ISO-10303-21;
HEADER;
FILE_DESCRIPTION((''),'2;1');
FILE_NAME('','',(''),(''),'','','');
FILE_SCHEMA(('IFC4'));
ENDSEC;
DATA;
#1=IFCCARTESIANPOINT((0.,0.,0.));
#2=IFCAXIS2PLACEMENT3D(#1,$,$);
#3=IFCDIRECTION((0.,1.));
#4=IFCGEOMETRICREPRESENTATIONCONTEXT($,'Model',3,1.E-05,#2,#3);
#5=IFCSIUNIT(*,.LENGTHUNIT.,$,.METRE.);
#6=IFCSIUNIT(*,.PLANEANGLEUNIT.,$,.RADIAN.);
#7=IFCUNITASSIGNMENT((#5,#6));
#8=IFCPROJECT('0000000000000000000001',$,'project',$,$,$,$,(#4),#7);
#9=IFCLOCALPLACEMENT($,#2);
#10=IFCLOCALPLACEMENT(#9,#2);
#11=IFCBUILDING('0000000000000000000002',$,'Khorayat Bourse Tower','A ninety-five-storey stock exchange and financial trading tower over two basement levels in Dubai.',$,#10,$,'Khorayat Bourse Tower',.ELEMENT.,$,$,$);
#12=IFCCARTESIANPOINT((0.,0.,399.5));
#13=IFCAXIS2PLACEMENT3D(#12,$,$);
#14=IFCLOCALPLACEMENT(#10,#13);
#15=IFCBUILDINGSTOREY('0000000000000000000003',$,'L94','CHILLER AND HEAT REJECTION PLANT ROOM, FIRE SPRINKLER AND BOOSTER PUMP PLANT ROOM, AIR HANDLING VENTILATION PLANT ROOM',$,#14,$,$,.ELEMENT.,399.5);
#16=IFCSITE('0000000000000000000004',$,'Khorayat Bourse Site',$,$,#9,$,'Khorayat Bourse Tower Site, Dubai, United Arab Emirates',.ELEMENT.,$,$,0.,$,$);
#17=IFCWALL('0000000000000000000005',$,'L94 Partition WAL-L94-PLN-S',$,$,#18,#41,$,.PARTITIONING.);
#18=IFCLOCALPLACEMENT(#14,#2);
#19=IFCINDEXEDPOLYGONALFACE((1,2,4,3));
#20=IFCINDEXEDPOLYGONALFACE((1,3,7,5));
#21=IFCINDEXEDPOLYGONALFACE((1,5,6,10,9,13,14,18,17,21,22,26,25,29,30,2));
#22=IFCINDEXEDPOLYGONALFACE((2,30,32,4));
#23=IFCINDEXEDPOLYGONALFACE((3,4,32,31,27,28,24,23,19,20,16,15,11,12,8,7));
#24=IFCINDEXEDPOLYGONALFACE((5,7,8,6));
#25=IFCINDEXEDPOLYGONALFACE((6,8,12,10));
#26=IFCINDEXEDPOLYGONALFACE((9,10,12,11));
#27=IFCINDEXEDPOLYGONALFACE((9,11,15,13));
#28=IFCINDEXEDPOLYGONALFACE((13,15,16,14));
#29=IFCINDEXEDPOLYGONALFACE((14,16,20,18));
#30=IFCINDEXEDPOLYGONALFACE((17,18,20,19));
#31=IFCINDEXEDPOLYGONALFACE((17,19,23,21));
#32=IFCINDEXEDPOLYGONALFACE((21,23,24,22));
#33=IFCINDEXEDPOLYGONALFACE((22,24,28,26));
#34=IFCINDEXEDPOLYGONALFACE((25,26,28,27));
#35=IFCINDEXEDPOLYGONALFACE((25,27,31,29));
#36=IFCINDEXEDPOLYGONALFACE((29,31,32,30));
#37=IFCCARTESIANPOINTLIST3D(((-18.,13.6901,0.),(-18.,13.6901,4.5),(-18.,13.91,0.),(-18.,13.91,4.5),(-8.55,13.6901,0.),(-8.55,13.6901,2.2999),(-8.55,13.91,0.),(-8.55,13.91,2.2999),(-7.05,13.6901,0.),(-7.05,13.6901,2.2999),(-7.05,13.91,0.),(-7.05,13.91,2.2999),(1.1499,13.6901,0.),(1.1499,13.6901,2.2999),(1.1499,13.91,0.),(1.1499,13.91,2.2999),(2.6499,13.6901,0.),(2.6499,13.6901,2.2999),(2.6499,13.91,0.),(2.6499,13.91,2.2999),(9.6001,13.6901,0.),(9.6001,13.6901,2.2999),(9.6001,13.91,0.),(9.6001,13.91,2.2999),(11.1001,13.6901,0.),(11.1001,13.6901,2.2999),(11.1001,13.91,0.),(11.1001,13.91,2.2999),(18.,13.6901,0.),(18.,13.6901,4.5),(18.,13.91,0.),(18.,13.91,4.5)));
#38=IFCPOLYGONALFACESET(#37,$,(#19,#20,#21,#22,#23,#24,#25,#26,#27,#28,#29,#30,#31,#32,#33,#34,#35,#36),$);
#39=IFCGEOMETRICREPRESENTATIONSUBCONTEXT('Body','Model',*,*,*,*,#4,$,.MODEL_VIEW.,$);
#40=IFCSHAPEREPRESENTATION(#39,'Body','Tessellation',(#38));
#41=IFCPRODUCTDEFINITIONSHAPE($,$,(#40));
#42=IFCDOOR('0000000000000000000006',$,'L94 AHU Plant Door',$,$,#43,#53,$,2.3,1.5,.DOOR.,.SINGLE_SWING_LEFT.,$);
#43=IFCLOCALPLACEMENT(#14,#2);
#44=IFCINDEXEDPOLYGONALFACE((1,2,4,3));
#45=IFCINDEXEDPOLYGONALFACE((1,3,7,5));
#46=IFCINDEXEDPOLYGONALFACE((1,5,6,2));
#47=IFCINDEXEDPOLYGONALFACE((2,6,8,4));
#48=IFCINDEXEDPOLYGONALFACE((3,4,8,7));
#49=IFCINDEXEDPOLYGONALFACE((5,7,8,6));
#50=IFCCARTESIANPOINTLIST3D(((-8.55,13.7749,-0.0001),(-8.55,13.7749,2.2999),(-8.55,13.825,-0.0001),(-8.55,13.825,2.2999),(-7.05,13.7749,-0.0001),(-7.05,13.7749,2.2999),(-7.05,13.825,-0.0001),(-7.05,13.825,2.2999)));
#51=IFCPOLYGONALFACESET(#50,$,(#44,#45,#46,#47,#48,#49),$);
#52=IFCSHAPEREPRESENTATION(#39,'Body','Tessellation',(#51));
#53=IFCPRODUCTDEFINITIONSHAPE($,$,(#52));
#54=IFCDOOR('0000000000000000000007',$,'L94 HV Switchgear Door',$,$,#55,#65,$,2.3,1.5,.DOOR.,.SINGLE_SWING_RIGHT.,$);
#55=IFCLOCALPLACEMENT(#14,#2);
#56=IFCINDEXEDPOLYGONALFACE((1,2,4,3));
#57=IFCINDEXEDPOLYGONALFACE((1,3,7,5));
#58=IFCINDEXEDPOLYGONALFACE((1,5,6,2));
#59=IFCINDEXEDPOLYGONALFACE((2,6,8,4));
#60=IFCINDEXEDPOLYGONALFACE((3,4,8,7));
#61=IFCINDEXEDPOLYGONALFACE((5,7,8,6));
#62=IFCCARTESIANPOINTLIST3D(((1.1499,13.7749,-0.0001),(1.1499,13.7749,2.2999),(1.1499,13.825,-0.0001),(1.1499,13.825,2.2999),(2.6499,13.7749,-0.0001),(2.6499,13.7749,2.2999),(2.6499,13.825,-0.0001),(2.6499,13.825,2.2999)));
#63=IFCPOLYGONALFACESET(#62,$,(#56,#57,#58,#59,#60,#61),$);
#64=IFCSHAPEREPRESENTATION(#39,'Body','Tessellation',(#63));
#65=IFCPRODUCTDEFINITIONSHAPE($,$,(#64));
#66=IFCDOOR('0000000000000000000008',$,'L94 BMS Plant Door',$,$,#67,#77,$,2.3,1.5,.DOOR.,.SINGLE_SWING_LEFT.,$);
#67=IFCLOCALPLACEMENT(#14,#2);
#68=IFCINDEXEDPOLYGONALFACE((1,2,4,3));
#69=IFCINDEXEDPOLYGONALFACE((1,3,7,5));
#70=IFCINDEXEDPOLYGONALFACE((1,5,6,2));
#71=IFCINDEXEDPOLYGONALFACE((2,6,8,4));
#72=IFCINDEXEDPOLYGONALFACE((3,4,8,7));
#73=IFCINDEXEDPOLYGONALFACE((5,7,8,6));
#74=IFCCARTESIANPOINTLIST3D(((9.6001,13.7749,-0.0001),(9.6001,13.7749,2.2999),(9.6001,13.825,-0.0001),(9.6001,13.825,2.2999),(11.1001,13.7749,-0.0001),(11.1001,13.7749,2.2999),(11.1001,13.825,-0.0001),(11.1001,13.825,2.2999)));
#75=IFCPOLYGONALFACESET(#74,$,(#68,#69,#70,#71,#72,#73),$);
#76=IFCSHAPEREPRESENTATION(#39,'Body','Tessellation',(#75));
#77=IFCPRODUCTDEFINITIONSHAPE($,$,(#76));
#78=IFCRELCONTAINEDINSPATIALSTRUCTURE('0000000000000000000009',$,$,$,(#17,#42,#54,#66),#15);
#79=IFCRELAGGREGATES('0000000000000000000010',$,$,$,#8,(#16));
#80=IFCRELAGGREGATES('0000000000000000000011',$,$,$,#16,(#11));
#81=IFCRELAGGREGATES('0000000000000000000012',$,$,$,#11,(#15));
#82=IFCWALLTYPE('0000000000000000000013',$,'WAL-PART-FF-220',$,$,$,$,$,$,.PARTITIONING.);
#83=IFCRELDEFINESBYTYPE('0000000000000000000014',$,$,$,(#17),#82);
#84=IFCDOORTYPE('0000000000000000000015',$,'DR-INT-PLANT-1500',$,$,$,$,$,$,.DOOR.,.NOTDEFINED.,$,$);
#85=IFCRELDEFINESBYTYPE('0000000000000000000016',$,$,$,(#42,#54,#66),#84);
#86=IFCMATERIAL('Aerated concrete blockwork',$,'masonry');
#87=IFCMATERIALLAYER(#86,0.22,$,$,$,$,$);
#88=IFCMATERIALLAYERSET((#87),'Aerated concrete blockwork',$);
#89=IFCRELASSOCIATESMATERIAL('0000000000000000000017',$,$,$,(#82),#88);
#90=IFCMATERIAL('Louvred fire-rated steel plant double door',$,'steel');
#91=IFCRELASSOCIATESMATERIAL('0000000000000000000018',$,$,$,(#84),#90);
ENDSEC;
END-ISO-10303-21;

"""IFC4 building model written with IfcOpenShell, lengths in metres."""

from ifc_helpers import new_model, si_unit, direction, frame, frame_2d, origin, place, context, subcontext, project, spatial, rectangle, extrude, source, transform, mapped, material, layer, layer_set, type_object, element, fill, save


model = new_model("IFC4")

# Units and contexts
model_context = context("Model", 3, precision=1e-05, world=origin(), true_north=direction((0.0, 1.0)))
body_context = subcontext(model_context, "Body", "Model", "MODEL_VIEW")
ifc_project = project(units=[si_unit("LENGTHUNIT", "METRE"), si_unit("PLANEANGLEUNIT", "RADIAN")], contexts=[model_context])

# Site, building, storey
site_placement = place(None, origin())
site = spatial("IfcSite", under=ifc_project, at=site_placement, Name="Khorayat Bourse Site", LongName="Khorayat Bourse Tower Site, Dubai, United Arab Emirates", CompositionType="ELEMENT", RefElevation=0.0)
building_placement = place(site_placement, origin())
building = spatial("IfcBuilding", under=site, at=building_placement, Name="Khorayat Bourse Tower", Description="A ninety-five-storey stock exchange and financial trading tower over two basement levels in Dubai.", LongName="Khorayat Bourse Tower", CompositionType="ELEMENT")
storey_placement = place(building_placement, frame((0.0, 0.0, 399.5)))
storey = spatial("IfcBuildingStorey", under=building, at=storey_placement, Name="L94", Description="CHILLER AND HEAT REJECTION PLANT ROOM, FIRE SPRINKLER AND BOOSTER PUMP PLANT ROOM, AIR HANDLING VENTILATION PLANT ROOM", CompositionType="ELEMENT", Elevation=399.5)

# Wall, openings, doors
ifc_material_1 = material(Name="Aerated concrete blockwork", Category="masonry")
ifc_layer_1 = layer(ifc_material_1, 0.22)
ifc_layer_set_1 = layer_set([ifc_layer_1], Name="Aerated concrete blockwork")
wall_type_1 = type_object("IfcWallType", Name="WAL-PART-FF-220", PredefinedType="PARTITIONING", material=ifc_layer_set_1)
shared_shape_1 = source(origin(), body_context, "Body", "SweptSolid", [
    extrude(rectangle(XDim=36.0, YDim=0.22, at=frame_2d((18.0, 0.0))), origin(), (0.0, 0.0, 1.0), 4.5),
])
wall_1_placement = place(storey_placement, frame((-18.0, 13.8, 0.0), z_axis=(0.0, 0.0, 1.0), x_axis=(1.0, 0.0, 0.0)))
wall_1 = element("IfcWall", 1, at=wall_1_placement, inside=storey, type_object=wall_type_1, Name="L94 Partition WAL-L94-PLN-S", PredefinedType="PARTITIONING", context=body_context, shape_type="MappedRepresentation", body=[
    mapped(shared_shape_1, transform((0.0, 0.0, 0.0), scale=1.0)),
])
shared_shape_2 = source(origin(), body_context, "Body", "SweptSolid", [
    extrude(rectangle(XDim=1.5, YDim=2.3, at=frame_2d((0.75, 1.1499))), frame((0.0, 0.1199, 0.0), z_axis=(0.0, -1.0, 0.0), x_axis=(1.0, 0.0, 0.0)), (0.0, 0.0, 1.0), 0.24),
])
opening_1_placement = place(wall_1_placement, frame((9.45, 0.0, 0.0)))
opening_1 = element("IfcOpeningElement", 2, at=opening_1_placement, cuts=wall_1, PredefinedType="OPENING", context=body_context, shape_type="MappedRepresentation", body=[
    mapped(shared_shape_2, transform((0.0, 0.0, 0.0), scale=1.0)),
])
opening_2_placement = place(wall_1_placement, frame((19.1499, 0.0, 0.0)))
opening_2 = element("IfcOpeningElement", 3, at=opening_2_placement, cuts=wall_1, PredefinedType="OPENING", context=body_context, shape_type="MappedRepresentation", body=[
    mapped(shared_shape_2, transform((0.0, 0.0, 0.0), scale=1.0)),
])
opening_3_placement = place(wall_1_placement, frame((27.6001, 0.0, 0.0)))
opening_3 = element("IfcOpeningElement", 4, at=opening_3_placement, cuts=wall_1, PredefinedType="OPENING", context=body_context, shape_type="MappedRepresentation", body=[
    mapped(shared_shape_2, transform((0.0, 0.0, 0.0), scale=1.0)),
])
ifc_material_2 = material(Name="Louvred fire-rated steel plant double door", Category="steel")
door_type = type_object("IfcDoorType", Name="DR-INT-PLANT-1500", OperationType="NOTDEFINED", PredefinedType="DOOR", material=ifc_material_2)
shared_shape_3 = source(origin(), body_context, "Body", "SweptSolid", [
    extrude(rectangle(XDim=1.5, YDim=2.3, at=frame_2d((0.75, 1.1499))), frame((0.0, 0.0249, 0.0), z_axis=(0.0, -1.0, 0.0), x_axis=(1.0, 0.0, 0.0)), (0.0, 0.0, 1.0), 0.05),
])
door_1_placement = place(opening_1_placement, origin())
door_1 = element("IfcDoor", 5, at=door_1_placement, inside=storey, type_object=door_type, Name="L94 AHU Plant Door", OperationType="SINGLE_SWING_LEFT", OverallHeight=2.3, OverallWidth=1.5, PredefinedType="DOOR", context=body_context, shape_type="MappedRepresentation", body=[
    mapped(shared_shape_3, transform((0.0, 0.0, 0.0), scale=1.0)),
])
fill(opening_1, door_1)
door_2_placement = place(opening_2_placement, origin())
door_2 = element("IfcDoor", 6, at=door_2_placement, inside=storey, type_object=door_type, Name="L94 HV Switchgear Door", OperationType="SINGLE_SWING_RIGHT", OverallHeight=2.3, OverallWidth=1.5, PredefinedType="DOOR", context=body_context, shape_type="MappedRepresentation", body=[
    mapped(shared_shape_3, transform((0.0, 0.0, 0.0), scale=1.0)),
])
fill(opening_2, door_2)
door_3_placement = place(opening_3_placement, origin())
door_3 = element("IfcDoor", 7, at=door_3_placement, inside=storey, type_object=door_type, Name="L94 BMS Plant Door", OperationType="SINGLE_SWING_LEFT", OverallHeight=2.3, OverallWidth=1.5, PredefinedType="DOOR", context=body_context, shape_type="MappedRepresentation", body=[
    mapped(shared_shape_3, transform((0.0, 0.0, 0.0), scale=1.0)),
])
fill(opening_3, door_3)

save(model, "model.ifc")
